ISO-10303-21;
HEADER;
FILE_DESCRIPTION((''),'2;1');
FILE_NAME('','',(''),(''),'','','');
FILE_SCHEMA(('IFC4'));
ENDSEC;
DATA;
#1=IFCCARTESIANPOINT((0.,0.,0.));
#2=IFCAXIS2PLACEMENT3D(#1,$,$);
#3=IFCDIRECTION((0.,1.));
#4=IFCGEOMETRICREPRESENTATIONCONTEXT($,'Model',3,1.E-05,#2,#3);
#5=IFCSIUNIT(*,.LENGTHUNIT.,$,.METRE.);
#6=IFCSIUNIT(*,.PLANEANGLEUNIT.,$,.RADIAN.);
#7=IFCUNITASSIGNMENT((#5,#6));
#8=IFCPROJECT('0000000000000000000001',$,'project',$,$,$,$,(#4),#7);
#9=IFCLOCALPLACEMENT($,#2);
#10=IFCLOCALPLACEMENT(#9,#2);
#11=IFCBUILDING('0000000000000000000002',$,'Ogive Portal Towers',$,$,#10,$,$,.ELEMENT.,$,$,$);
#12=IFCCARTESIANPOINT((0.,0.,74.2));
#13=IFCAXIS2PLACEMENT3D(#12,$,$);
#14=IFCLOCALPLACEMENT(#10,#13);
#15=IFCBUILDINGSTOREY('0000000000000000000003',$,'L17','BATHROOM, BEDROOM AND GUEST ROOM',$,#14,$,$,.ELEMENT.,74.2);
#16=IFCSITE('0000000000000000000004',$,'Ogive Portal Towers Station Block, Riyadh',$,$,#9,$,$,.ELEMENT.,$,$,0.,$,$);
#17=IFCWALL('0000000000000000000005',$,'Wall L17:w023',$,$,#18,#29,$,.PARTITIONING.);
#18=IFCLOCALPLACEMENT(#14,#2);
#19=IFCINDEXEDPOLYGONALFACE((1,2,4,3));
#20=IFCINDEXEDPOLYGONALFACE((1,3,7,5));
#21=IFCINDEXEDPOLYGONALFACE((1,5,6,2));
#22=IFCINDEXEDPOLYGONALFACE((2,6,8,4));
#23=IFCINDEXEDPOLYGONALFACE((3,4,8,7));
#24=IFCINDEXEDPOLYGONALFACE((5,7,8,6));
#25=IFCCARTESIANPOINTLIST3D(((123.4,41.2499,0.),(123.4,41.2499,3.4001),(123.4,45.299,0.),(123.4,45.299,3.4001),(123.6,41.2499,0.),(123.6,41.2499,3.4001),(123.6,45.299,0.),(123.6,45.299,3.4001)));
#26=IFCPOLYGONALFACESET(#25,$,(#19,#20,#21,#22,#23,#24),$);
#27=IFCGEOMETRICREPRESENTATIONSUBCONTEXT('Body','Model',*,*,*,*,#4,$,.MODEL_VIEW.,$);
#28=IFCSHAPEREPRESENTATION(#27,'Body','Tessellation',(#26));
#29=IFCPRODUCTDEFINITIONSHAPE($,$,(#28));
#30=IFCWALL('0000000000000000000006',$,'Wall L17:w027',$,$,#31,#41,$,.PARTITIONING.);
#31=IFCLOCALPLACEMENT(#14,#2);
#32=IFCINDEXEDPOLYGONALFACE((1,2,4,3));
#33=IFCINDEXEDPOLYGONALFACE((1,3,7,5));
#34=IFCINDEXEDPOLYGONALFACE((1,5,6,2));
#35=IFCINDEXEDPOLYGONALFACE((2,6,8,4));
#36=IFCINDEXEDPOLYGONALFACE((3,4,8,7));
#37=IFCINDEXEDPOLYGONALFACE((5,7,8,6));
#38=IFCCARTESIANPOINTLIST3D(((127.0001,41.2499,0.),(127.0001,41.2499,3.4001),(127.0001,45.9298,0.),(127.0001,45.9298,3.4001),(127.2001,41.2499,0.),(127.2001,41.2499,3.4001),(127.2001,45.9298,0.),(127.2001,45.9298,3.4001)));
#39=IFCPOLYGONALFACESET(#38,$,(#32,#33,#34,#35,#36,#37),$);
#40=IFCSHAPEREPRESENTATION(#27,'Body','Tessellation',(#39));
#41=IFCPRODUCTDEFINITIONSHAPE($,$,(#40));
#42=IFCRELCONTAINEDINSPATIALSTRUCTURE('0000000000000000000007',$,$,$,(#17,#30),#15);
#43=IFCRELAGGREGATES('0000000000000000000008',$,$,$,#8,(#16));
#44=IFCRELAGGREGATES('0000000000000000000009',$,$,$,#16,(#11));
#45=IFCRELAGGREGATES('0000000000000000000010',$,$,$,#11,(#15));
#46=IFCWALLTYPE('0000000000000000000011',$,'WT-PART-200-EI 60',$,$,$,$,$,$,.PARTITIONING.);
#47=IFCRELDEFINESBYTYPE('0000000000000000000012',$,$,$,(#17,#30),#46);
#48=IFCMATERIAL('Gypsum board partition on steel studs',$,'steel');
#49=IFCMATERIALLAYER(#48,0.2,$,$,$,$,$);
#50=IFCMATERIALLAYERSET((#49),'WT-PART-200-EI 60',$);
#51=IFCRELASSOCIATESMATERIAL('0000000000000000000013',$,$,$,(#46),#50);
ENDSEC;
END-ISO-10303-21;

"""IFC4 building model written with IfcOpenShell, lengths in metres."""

from ifc_helpers import new_model, si_unit, direction, frame, frame_2d, origin, place, context, subcontext, project, spatial, rectangle, extrude, material, layer, layer_set, type_object, element, save


model = new_model("IFC4")

# Units and contexts
model_context = context("Model", 3, precision=1e-05, world=origin(), true_north=direction((0.0, 1.0)))
body_context = subcontext(model_context, "Body", "Model", "MODEL_VIEW")
ifc_project = project(units=[si_unit("LENGTHUNIT", "METRE"), si_unit("PLANEANGLEUNIT", "RADIAN")], contexts=[model_context])

# Site, building, storey
site_placement = place(None, origin())
site = spatial("IfcSite", under=ifc_project, at=site_placement, Name="Ogive Portal Towers Station Block, Riyadh", CompositionType="ELEMENT", RefElevation=0.0)
building_placement = place(site_placement, origin())
building = spatial("IfcBuilding", under=site, at=building_placement, Name="Ogive Portal Towers", CompositionType="ELEMENT")
storey_placement = place(building_placement, frame((0.0, 0.0, 74.2)))
storey = spatial("IfcBuildingStorey", under=building, at=storey_placement, Name="L17", Description="BATHROOM, BEDROOM AND GUEST ROOM", CompositionType="ELEMENT", Elevation=74.2)

# Shared definitions
ifc_material_1 = material(Name="Gypsum board partition on steel studs", Category="steel")
ifc_layer_1 = layer(ifc_material_1, 0.2)
ifc_layer_set_1 = layer_set([ifc_layer_1], Name="WT-PART-200-EI 60")
wall_type = type_object("IfcWallType", Name="WT-PART-200-EI 60", PredefinedType="PARTITIONING", material=ifc_layer_set_1)

# Walls
wall_1_placement = place(storey_placement, frame((123.5, 41.25, 0.0), z_axis=(0.0, 0.0, 1.0), x_axis=(0.0, 1.0, 0.0)))
element("IfcWall", 1, at=wall_1_placement, inside=storey, type_object=wall_type, Name="Wall L17:w023", PredefinedType="PARTITIONING", context=body_context, shape_type="SweptSolid", body=[
    extrude(rectangle(XDim=4.0491, YDim=0.2, at=frame_2d((2.0244, 0.0))), origin(), (0.0, 0.0, 1.0), 3.4001),
])
wall_2_placement = place(storey_placement, frame((127.1001, 41.25, 0.0), z_axis=(0.0, 0.0, 1.0), x_axis=(0.0, 1.0, 0.0)))
element("IfcWall", 2, at=wall_2_placement, inside=storey, type_object=wall_type, Name="Wall L17:w027", PredefinedType="PARTITIONING", context=body_context, shape_type="SweptSolid", body=[
    extrude(rectangle(XDim=4.6799, YDim=0.2, at=frame_2d((2.3398, 0.0))), origin(), (0.0, 0.0, 1.0), 3.4001),
])

save(model, "model.ifc")
